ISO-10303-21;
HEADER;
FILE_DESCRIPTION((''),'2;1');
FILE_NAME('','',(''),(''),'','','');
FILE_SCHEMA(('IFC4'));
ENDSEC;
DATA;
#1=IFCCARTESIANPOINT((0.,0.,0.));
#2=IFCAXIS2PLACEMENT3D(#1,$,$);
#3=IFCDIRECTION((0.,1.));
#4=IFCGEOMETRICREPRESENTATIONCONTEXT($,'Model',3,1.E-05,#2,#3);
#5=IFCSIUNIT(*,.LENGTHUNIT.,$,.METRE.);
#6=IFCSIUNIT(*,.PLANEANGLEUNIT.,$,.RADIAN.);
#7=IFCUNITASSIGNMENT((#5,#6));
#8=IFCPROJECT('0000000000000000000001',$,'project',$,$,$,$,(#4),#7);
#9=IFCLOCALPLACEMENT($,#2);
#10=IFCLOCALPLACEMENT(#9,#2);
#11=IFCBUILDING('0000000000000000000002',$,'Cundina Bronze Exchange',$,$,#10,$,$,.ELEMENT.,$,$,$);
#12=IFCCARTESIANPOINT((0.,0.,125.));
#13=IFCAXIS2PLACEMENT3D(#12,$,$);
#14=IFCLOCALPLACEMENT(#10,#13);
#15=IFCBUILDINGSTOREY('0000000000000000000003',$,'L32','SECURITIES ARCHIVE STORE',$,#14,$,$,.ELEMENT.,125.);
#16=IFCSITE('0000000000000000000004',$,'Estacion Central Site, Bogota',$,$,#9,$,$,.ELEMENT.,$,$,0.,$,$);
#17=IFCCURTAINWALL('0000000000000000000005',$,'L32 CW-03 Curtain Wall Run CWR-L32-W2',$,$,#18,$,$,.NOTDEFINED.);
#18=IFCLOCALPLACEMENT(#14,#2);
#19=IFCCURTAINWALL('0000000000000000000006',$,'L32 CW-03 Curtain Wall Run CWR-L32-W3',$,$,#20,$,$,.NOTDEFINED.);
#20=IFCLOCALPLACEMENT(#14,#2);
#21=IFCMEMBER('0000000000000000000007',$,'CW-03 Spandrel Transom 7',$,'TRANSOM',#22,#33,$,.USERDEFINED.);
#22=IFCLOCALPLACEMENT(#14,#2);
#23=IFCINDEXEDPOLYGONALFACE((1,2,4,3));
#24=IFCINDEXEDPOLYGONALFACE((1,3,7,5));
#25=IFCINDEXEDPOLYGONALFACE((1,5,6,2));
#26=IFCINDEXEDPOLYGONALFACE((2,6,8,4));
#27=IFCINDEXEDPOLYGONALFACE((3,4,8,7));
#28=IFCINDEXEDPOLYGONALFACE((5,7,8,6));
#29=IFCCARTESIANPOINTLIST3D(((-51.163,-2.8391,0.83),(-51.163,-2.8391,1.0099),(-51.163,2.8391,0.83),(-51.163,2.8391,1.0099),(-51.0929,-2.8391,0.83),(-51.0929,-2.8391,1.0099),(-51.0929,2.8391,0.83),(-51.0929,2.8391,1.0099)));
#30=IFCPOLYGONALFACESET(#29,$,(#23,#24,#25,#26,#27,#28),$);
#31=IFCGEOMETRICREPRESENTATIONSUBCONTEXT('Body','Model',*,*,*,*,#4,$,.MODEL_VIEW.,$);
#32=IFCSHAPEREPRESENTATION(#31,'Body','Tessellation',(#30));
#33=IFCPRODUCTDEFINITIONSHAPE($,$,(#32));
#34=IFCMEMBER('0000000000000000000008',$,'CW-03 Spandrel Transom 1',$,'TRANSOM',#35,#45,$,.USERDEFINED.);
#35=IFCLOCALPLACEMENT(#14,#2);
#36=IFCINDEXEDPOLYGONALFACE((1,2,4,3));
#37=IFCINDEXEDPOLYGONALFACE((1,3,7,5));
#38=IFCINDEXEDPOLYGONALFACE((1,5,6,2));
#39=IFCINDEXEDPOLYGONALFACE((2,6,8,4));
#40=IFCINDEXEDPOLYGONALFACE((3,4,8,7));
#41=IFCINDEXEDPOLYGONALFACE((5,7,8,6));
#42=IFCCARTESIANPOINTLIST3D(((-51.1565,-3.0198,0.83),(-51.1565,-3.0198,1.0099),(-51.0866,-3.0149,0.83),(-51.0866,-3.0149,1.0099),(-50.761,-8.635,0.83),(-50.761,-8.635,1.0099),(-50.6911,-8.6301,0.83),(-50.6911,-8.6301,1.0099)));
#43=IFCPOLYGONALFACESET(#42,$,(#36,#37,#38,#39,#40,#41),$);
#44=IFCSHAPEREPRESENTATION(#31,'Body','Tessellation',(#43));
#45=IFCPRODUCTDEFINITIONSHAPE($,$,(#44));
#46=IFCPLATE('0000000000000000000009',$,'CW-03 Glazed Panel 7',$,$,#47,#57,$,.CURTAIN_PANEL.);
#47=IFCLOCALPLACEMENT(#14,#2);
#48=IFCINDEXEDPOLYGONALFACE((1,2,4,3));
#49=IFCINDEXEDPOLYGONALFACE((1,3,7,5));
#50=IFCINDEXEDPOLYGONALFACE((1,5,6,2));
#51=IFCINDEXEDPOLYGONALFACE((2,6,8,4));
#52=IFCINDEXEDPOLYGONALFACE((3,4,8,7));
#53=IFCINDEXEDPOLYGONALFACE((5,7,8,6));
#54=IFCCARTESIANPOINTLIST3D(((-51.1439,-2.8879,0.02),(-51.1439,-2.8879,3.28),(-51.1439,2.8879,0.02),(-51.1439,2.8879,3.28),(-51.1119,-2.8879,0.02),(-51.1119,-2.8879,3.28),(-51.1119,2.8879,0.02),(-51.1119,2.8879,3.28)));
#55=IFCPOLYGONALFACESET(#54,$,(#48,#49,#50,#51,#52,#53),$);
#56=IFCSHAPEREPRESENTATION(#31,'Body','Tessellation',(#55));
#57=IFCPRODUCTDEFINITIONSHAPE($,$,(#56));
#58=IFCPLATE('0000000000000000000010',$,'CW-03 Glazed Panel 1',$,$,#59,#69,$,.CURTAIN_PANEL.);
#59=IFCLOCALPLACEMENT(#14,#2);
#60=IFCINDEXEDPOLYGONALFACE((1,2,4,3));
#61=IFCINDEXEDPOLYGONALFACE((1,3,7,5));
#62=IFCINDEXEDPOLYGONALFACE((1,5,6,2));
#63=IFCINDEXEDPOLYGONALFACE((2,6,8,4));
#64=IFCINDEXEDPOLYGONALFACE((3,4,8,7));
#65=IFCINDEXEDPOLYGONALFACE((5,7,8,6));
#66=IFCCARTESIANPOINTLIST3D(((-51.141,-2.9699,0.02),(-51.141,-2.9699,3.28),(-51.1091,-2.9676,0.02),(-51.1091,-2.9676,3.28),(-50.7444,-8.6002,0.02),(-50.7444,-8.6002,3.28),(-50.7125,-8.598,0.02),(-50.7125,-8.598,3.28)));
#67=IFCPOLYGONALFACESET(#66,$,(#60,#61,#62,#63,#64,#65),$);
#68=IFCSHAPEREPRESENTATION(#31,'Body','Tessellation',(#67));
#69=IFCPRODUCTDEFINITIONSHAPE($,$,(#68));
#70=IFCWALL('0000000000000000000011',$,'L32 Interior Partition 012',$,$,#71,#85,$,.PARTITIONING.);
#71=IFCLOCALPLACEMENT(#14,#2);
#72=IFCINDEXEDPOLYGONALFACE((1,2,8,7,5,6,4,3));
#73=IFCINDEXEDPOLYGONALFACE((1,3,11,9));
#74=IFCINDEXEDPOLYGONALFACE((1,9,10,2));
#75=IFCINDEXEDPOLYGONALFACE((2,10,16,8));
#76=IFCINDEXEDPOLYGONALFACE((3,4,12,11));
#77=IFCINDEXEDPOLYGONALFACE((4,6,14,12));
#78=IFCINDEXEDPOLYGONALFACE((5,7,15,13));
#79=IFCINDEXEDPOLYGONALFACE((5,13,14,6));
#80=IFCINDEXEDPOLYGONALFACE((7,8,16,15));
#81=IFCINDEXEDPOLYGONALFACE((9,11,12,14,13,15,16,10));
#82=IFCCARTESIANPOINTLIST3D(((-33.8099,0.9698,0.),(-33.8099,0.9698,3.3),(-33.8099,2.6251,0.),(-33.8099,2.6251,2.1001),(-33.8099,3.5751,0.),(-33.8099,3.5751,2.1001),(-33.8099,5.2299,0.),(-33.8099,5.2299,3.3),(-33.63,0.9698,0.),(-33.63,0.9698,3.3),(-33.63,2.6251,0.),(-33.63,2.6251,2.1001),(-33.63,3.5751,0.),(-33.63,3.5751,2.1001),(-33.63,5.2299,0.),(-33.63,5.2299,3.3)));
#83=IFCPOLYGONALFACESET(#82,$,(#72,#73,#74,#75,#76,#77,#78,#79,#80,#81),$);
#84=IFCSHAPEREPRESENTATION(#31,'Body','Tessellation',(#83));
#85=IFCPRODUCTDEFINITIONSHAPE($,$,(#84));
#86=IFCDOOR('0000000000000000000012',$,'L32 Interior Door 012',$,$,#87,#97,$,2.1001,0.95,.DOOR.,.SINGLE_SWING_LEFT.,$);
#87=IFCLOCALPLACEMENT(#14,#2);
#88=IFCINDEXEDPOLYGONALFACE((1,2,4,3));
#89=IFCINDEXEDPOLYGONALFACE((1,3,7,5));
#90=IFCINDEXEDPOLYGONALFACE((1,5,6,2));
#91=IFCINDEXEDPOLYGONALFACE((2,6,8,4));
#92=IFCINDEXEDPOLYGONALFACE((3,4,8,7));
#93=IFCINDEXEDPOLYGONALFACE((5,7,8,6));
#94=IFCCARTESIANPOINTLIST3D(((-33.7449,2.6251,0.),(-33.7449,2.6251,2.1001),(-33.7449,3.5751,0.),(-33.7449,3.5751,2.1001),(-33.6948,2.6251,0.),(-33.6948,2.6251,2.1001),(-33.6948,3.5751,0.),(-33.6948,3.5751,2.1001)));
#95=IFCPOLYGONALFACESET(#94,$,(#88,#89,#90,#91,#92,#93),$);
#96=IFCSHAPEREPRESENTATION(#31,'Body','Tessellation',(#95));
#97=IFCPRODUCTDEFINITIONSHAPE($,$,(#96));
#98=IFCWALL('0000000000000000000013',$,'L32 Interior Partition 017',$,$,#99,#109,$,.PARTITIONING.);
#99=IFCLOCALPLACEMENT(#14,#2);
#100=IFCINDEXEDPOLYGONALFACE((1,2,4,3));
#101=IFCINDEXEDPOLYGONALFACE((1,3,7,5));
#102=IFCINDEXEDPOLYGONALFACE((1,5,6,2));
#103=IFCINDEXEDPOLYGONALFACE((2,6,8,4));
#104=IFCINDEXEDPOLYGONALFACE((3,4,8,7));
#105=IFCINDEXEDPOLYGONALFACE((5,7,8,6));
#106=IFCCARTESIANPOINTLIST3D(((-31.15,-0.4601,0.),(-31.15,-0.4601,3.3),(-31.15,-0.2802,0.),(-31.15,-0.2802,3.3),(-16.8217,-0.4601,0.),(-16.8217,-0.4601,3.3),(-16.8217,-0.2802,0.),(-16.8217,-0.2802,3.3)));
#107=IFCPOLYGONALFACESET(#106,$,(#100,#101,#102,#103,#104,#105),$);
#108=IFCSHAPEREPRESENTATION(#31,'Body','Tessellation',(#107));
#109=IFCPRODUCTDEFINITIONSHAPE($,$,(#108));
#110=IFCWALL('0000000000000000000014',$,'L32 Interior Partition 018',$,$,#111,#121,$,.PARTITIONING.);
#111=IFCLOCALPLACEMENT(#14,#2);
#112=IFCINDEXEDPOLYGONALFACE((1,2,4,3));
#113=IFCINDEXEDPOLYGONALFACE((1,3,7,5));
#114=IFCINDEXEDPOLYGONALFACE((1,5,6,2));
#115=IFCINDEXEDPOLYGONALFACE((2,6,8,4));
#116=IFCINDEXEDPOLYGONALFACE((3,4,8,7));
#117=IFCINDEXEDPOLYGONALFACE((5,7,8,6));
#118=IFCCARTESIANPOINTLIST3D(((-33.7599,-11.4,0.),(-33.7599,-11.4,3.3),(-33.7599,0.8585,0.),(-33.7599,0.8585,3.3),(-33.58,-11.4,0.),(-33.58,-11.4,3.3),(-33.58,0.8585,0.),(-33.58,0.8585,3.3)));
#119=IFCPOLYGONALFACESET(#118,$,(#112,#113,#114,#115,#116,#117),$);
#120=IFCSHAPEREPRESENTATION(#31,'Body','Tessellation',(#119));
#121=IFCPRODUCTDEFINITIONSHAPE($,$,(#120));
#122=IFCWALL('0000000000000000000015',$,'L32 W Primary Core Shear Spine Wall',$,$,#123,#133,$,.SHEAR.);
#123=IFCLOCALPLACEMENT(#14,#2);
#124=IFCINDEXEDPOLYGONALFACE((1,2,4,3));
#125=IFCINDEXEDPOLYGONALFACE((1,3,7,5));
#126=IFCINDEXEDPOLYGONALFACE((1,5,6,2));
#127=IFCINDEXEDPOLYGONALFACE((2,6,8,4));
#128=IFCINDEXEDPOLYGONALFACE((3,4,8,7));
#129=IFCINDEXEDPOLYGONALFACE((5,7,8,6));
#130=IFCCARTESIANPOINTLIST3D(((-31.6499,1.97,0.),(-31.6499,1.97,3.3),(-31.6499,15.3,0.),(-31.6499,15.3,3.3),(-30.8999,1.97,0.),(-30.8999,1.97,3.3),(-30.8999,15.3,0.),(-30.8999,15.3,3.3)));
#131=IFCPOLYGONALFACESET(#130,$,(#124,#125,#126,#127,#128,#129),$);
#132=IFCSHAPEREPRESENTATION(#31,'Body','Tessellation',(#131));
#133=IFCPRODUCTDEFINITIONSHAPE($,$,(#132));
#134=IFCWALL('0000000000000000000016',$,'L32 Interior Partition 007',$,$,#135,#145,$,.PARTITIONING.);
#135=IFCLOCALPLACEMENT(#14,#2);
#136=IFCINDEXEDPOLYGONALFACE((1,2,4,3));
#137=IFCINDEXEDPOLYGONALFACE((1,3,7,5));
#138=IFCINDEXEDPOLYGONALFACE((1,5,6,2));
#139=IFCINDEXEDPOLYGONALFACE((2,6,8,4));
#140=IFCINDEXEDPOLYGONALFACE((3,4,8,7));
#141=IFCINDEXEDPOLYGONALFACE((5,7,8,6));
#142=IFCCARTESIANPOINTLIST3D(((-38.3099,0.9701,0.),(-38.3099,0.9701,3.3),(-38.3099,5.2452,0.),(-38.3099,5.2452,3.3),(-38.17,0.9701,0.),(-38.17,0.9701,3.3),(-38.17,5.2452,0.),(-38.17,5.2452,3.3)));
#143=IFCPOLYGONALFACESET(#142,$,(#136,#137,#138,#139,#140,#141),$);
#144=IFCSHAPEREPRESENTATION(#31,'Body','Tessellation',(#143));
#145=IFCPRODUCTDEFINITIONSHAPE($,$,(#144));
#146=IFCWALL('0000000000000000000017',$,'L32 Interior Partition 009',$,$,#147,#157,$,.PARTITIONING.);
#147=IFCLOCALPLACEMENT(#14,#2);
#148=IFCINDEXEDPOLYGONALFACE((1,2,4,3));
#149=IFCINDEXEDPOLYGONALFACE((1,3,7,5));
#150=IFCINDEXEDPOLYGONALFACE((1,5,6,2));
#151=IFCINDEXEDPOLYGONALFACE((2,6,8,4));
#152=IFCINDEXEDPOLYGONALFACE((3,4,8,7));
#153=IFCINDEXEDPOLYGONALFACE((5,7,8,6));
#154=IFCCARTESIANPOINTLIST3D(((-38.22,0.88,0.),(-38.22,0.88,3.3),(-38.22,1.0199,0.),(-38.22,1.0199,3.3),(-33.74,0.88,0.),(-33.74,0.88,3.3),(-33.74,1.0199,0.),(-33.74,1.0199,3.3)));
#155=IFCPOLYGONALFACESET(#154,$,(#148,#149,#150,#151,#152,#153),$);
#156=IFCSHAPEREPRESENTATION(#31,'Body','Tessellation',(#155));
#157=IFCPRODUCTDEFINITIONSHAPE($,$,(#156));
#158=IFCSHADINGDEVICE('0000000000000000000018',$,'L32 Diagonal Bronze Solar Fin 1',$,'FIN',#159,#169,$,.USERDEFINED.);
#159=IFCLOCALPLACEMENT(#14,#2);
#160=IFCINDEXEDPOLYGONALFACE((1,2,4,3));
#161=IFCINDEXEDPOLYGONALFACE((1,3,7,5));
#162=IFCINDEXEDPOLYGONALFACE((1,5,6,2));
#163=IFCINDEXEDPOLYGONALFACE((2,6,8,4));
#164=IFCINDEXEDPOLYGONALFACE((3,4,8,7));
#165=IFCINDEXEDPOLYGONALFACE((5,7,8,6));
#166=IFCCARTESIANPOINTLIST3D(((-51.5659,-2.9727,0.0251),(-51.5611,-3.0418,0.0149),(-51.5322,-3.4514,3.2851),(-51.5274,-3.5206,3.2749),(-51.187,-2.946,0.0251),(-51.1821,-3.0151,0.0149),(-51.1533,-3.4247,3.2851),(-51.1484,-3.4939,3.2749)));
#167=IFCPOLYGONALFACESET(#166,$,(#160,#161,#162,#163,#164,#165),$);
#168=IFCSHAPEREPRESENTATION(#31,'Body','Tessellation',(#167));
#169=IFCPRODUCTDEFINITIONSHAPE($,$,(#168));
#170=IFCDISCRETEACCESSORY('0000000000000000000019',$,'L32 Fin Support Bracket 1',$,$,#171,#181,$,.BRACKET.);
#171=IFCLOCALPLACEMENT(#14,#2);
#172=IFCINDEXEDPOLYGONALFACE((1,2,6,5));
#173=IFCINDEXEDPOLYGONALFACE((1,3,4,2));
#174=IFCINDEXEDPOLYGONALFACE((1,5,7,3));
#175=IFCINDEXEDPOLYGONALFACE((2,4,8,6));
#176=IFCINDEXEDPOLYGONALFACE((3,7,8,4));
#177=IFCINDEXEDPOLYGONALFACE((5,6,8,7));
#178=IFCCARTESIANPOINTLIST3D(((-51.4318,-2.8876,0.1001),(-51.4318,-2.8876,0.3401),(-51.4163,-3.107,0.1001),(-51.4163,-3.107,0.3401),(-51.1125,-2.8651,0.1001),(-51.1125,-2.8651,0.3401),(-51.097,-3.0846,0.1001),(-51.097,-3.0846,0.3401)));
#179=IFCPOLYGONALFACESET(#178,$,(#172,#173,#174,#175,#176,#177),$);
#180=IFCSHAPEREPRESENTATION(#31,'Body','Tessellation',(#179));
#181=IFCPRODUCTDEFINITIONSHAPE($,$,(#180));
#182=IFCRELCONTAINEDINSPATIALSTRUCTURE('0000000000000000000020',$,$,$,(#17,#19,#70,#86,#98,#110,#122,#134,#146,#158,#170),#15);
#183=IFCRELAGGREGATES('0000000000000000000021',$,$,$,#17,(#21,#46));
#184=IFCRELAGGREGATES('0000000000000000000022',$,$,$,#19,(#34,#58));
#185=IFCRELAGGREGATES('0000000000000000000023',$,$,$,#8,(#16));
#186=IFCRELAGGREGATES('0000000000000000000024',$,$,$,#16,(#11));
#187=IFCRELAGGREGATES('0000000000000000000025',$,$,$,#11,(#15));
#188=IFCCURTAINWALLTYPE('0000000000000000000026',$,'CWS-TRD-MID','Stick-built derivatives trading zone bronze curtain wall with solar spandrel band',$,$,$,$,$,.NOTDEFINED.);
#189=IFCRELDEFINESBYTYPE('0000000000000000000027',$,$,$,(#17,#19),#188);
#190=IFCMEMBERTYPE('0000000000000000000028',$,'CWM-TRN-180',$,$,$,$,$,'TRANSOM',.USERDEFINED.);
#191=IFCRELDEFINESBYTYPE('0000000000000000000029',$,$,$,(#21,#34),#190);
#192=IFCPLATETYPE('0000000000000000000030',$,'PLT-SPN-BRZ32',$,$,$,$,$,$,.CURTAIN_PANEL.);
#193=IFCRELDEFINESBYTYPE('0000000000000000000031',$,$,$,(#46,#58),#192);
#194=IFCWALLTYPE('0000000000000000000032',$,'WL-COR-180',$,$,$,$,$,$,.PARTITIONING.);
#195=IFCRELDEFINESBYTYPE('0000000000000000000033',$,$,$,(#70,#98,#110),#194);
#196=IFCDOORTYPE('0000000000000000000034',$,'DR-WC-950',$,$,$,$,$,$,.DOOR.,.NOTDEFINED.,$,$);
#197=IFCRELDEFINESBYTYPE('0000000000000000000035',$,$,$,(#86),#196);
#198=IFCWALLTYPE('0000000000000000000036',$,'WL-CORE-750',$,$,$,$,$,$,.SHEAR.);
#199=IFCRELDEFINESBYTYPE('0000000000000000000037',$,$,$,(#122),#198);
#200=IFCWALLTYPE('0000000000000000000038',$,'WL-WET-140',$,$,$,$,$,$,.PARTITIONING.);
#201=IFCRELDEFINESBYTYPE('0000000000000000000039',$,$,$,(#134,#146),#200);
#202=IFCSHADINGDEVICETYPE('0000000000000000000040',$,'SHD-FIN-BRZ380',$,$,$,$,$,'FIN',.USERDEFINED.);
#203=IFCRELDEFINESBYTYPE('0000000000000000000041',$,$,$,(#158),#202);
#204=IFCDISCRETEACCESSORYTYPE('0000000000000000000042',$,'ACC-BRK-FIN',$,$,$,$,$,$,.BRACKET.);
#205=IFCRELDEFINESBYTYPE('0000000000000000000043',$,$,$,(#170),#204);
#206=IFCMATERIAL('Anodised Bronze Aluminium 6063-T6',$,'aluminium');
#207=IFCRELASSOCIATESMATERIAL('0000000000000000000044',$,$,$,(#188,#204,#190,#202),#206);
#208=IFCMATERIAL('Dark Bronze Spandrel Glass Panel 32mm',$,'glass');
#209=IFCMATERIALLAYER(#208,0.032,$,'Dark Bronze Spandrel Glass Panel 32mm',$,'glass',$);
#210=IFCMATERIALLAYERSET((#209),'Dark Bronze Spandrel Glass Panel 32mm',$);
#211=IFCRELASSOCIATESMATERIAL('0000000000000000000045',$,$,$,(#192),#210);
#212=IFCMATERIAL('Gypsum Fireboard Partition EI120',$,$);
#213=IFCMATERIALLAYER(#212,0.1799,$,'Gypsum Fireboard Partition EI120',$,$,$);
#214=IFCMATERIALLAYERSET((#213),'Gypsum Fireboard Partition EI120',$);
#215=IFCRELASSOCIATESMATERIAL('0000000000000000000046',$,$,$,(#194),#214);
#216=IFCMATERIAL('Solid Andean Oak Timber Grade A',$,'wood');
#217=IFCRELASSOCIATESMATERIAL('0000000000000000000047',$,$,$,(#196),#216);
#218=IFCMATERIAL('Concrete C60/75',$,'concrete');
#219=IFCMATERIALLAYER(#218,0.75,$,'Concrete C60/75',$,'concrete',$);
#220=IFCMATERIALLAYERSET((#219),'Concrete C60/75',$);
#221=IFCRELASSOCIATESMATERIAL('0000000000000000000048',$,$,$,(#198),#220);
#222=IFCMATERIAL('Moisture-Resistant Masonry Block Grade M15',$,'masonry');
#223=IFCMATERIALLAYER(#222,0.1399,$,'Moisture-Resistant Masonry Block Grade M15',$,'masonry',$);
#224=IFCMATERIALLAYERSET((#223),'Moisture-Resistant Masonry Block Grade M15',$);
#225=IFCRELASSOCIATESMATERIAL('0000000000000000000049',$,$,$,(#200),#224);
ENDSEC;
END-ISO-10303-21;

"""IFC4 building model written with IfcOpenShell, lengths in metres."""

from ifc_helpers import new_model, si_unit, direction, frame, frame_2d, origin, origin_2d, place, context, subcontext, project, spatial, rectangle, extrude, material, layer, layer_set, material_profile, profile_set, type_object, element, fill, aggregate, save


model = new_model("IFC4")

# Units and contexts
model_context = context("Model", 3, precision=1e-05, world=origin(), true_north=direction((0.0, 1.0)))
body_context = subcontext(model_context, "Body", "Model", "MODEL_VIEW")
ifc_project = project(units=[si_unit("LENGTHUNIT", "METRE"), si_unit("PLANEANGLEUNIT", "RADIAN")], contexts=[model_context])

# Site, building, storey
site_placement = place(None, origin())
site = spatial("IfcSite", under=ifc_project, at=site_placement, Name="Estacion Central Site, Bogota", CompositionType="ELEMENT", RefElevation=0.0)
building_placement = place(site_placement, origin())
building = spatial("IfcBuilding", under=site, at=building_placement, Name="Cundina Bronze Exchange", CompositionType="ELEMENT")
storey_placement = place(building_placement, frame((0.0, 0.0, 125.0)))
storey = spatial("IfcBuildingStorey", under=building, at=storey_placement, Name="L32", Description="SECURITIES ARCHIVE STORE", CompositionType="ELEMENT", Elevation=125.0)

# Shared definitions
ifc_material_1 = material(Name="Concrete C60/75", Category="concrete")

# Curtain walls
ifc_material_2 = material(Name="Anodised Bronze Aluminium 6063-T6", Category="aluminium")
curtain_wall_type = type_object("IfcCurtainWallType", Name="CWS-TRD-MID", Description="Stick-built derivatives trading zone bronze curtain wall with solar spandrel band", PredefinedType="NOTDEFINED", material=ifc_material_2)
curtain_wall_1_placement = place(storey_placement, origin())
curtain_wall_1 = element("IfcCurtainWall", 1, at=curtain_wall_1_placement, inside=storey, type_object=curtain_wall_type, Name="L32 CW-03 Curtain Wall Run CWR-L32-W2", PredefinedType="NOTDEFINED")
curtain_wall_2_placement = place(storey_placement, origin())
curtain_wall_2 = element("IfcCurtainWall", 2, at=curtain_wall_2_placement, inside=storey, type_object=curtain_wall_type, Name="L32 CW-03 Curtain Wall Run CWR-L32-W3", PredefinedType="NOTDEFINED")

# Members
ifc_material_profile_1 = material_profile(ifc_material_2, rectangle(XDim=0.0701, YDim=0.1799, at=origin_2d()), Name="AL70X180", Category="aluminium")
ifc_profile_set_1 = profile_set([ifc_material_profile_1], Name="Anodised Bronze Aluminium 6063-T6")
member_type_1 = type_object("IfcMemberType", Name="CWM-TRN-180", ElementType="TRANSOM", PredefinedType="USERDEFINED", material=ifc_profile_set_1)
member_1_placement = place(storey_placement, frame((-51.1279, 2.8391, 0.9199), z_axis=(0.0, -1.0, 0.0), x_axis=(1.0, 0.0, 0.0)))
member_1 = element("IfcMember", 3, at=member_1_placement, type_object=member_type_1, Name="CW-03 Spandrel Transom 7", ObjectType="TRANSOM", PredefinedType="USERDEFINED", context=body_context, shape_type="SweptSolid", body=[
    extrude(rectangle(XDim=0.0701, YDim=0.1799, at=origin_2d()), origin(), (0.0, 0.0, 1.0), 5.6782),
])
member_2_placement = place(storey_placement, frame((-51.1216, -3.0173, 0.9199), z_axis=(0.070261, -0.997529, 0.0), x_axis=(0.997529, 0.070261, 0.0)))
member_2 = element("IfcMember", 4, at=member_2_placement, type_object=member_type_1, Name="CW-03 Spandrel Transom 1", ObjectType="TRANSOM", PredefinedType="USERDEFINED", context=body_context, shape_type="SweptSolid", body=[
    extrude(rectangle(XDim=0.0701, YDim=0.1799, at=origin_2d()), origin(), (0.0, 0.0, 1.0), 5.6292),
])

# Plates
ifc_material_3 = material(Name="Dark Bronze Spandrel Glass Panel 32mm", Category="glass")
ifc_layer_1 = layer(ifc_material_3, 0.032, Name="Dark Bronze Spandrel Glass Panel 32mm", Category="glass")
ifc_layer_set_1 = layer_set([ifc_layer_1], Name="Dark Bronze Spandrel Glass Panel 32mm")
plate_type = type_object("IfcPlateType", Name="PLT-SPN-BRZ32", PredefinedType="CURTAIN_PANEL", material=ifc_layer_set_1)
plate_1_placement = place(storey_placement, frame((-51.1279, 0.0, 0.02), z_axis=(0.0, 0.0, 1.0), x_axis=(0.0, -1.0, 0.0)))
plate_1 = element("IfcPlate", 5, at=plate_1_placement, type_object=plate_type, Name="CW-03 Glazed Panel 7", PredefinedType="CURTAIN_PANEL", context=body_context, shape_type="SweptSolid", body=[
    extrude(rectangle(XDim=5.7759, YDim=0.032, at=origin_2d()), origin(), (0.0, 0.0, 1.0), 3.26),
])
aggregate(curtain_wall_1, [member_1, plate_1])
plate_2_placement = place(storey_placement, frame((-50.9268, -5.7839, 0.02), z_axis=(0.0, 0.0, 1.0), x_axis=(0.070279, -0.997527, 0.0)))
plate_2 = element("IfcPlate", 6, at=plate_2_placement, type_object=plate_type, Name="CW-03 Glazed Panel 1", PredefinedType="CURTAIN_PANEL", context=body_context, shape_type="SweptSolid", body=[
    extrude(rectangle(XDim=5.6443, YDim=0.032, at=origin_2d()), origin(), (0.0, 0.0, 1.0), 3.26),
])
aggregate(curtain_wall_2, [member_2, plate_2])

# Wall, opening, door
ifc_material_4 = material(Name="Gypsum Fireboard Partition EI120")
ifc_layer_2 = layer(ifc_material_4, 0.1799, Name="Gypsum Fireboard Partition EI120")
ifc_layer_set_2 = layer_set([ifc_layer_2], Name="Gypsum Fireboard Partition EI120")
wall_type_1 = type_object("IfcWallType", Name="WL-COR-180", PredefinedType="PARTITIONING", material=ifc_layer_set_2)
wall_1_placement = place(storey_placement, frame((-33.72, 0.97, 0.0), z_axis=(0.0, 0.0, 1.0), x_axis=(0.0, 1.0, 0.0)))
wall_1 = element("IfcWall", 7, at=wall_1_placement, inside=storey, type_object=wall_type_1, Name="L32 Interior Partition 012", PredefinedType="PARTITIONING", context=body_context, shape_type="SweptSolid", body=[
    extrude(rectangle(XDim=4.26, YDim=0.1799, at=frame_2d((2.1299, 0.0))), origin(), (0.0, 0.0, 1.0), 3.3),
])
opening_placement = place(wall_1_placement, frame((1.655, 0.0, 0.0)))
opening = element("IfcOpeningElement", 8, at=opening_placement, cuts=wall_1, PredefinedType="OPENING", context=body_context, shape_type="SweptSolid", body=[
    extrude(rectangle(XDim=0.95, YDim=2.1001, at=frame_2d((0.4751, 1.05))), frame((0.0, 0.0999, 0.0), z_axis=(0.0, -1.0, 0.0), x_axis=(1.0, 0.0, 0.0)), (0.0, 0.0, 1.0), 0.2),
])
ifc_material_5 = material(Name="Solid Andean Oak Timber Grade A", Category="wood")
door_type = type_object("IfcDoorType", Name="DR-WC-950", OperationType="NOTDEFINED", PredefinedType="DOOR", material=ifc_material_5)
door_placement = place(opening_placement, origin())
door = element("IfcDoor", 9, at=door_placement, inside=storey, type_object=door_type, Name="L32 Interior Door 012", OperationType="SINGLE_SWING_LEFT", OverallHeight=2.1001, OverallWidth=0.95, PredefinedType="DOOR", context=body_context, shape_type="SweptSolid", body=[
    extrude(rectangle(XDim=0.95, YDim=2.1001, at=frame_2d((0.4751, 1.05))), frame((0.0, 0.0249, 0.0), z_axis=(0.0, -1.0, 0.0), x_axis=(1.0, 0.0, 0.0)), (0.0, 0.0, 1.0), 0.05),
])
fill(opening, door)

# Walls
wall_2_placement = place(storey_placement, frame((-31.1499, -0.3701, 0.0), z_axis=(0.0, 0.0, 1.0), x_axis=(1.0, 0.0, 0.0)))
element("IfcWall", 10, at=wall_2_placement, inside=storey, type_object=wall_type_1, Name="L32 Interior Partition 017", PredefinedType="PARTITIONING", context=body_context, shape_type="SweptSolid", body=[
    extrude(rectangle(XDim=14.3284, YDim=0.1799, at=frame_2d((7.1641, 0.0))), origin(), (0.0, 0.0, 1.0), 3.3),
])
wall_3_placement = place(storey_placement, frame((-33.6699, 0.8586, 0.0), z_axis=(0.0, 0.0, 1.0), x_axis=(0.0, -1.0, 0.0)))
element("IfcWall", 11, at=wall_3_placement, inside=storey, type_object=wall_type_1, Name="L32 Interior Partition 018", PredefinedType="PARTITIONING", context=body_context, shape_type="SweptSolid", body=[
    extrude(rectangle(XDim=12.2585, YDim=0.1799, at=frame_2d((6.1294, 0.0))), origin(), (0.0, 0.0, 1.0), 3.3),
])
ifc_layer_3 = layer(ifc_material_1, 0.75, Name="Concrete C60/75", Category="concrete")
ifc_layer_set_3 = layer_set([ifc_layer_3], Name="Concrete C60/75")
wall_type_2 = type_object("IfcWallType", Name="WL-CORE-750", PredefinedType="SHEAR", material=ifc_layer_set_3)
wall_4_placement = place(storey_placement, frame((-31.2749, 1.97, 0.0), z_axis=(0.0, 0.0, 1.0), x_axis=(0.0, 1.0, 0.0)))
element("IfcWall", 12, at=wall_4_placement, inside=storey, type_object=wall_type_2, Name="L32 W Primary Core Shear Spine Wall", PredefinedType="SHEAR", context=body_context, shape_type="SweptSolid", body=[
    extrude(rectangle(XDim=13.3301, YDim=0.75, at=frame_2d((6.665, 0.0))), origin(), (0.0, 0.0, 1.0), 3.3),
])
ifc_material_6 = material(Name="Moisture-Resistant Masonry Block Grade M15", Category="masonry")
ifc_layer_4 = layer(ifc_material_6, 0.1399, Name="Moisture-Resistant Masonry Block Grade M15", Category="masonry")
ifc_layer_set_4 = layer_set([ifc_layer_4], Name="Moisture-Resistant Masonry Block Grade M15")
wall_type_3 = type_object("IfcWallType", Name="WL-WET-140", PredefinedType="PARTITIONING", material=ifc_layer_set_4)
wall_5_placement = place(storey_placement, frame((-38.24, 0.97, 0.0), z_axis=(0.0, 0.0, 1.0), x_axis=(0.0, 1.0, 0.0)))
element("IfcWall", 13, at=wall_5_placement, inside=storey, type_object=wall_type_3, Name="L32 Interior Partition 007", PredefinedType="PARTITIONING", context=body_context, shape_type="SweptSolid", body=[
    extrude(rectangle(XDim=4.2751, YDim=0.1399, at=frame_2d((2.1377, 0.0))), origin(), (0.0, 0.0, 1.0), 3.3),
])
wall_6_placement = place(storey_placement, frame((-38.22, 0.95, 0.0), z_axis=(0.0, 0.0, 1.0), x_axis=(1.0, 0.0, 0.0)))
element("IfcWall", 14, at=wall_6_placement, inside=storey, type_object=wall_type_3, Name="L32 Interior Partition 009", PredefinedType="PARTITIONING", context=body_context, shape_type="SweptSolid", body=[
    extrude(rectangle(XDim=4.48, YDim=0.1399, at=frame_2d((2.24, 0.0))), origin(), (0.0, 0.0, 1.0), 3.3),
])

# Shading device
ifc_material_profile_2 = material_profile(ifc_material_2, rectangle(XDim=0.0701, YDim=0.3799, at=origin_2d()), Name="FIN70X380", Category="aluminium")
ifc_profile_set_2 = profile_set([ifc_material_profile_2], Name="Anodised Bronze Aluminium 6063-T6")
shading_device_type = type_object("IfcShadingDeviceType", Name="SHD-FIN-BRZ380", ElementType="FIN", PredefinedType="USERDEFINED", material=ifc_profile_set_2)
shading_device_placement = place(storey_placement, frame((-51.374, -2.9939, 0.02), z_axis=(0.010225, -0.145292, 0.989336), x_axis=(-0.06945, 0.986895, 0.145652)))
element("IfcShadingDevice", 15, at=shading_device_placement, inside=storey, type_object=shading_device_type, Name="L32 Diagonal Bronze Solar Fin 1", ObjectType="FIN", PredefinedType="USERDEFINED", context=body_context, shape_type="SweptSolid", body=[
    extrude(rectangle(XDim=0.0701, YDim=0.3799, at=origin_2d()), origin(), (0.0, 0.0, 1.0), 3.2952),
])

# Discrete accessory
discrete_accessory_type = type_object("IfcDiscreteAccessoryType", Name="ACC-BRK-FIN", PredefinedType="BRACKET", material=ifc_material_2)
discrete_accessory_placement = place(storey_placement, frame((-51.2644, -2.9861, 0.1001), z_axis=(0.0, 0.0, 1.0), x_axis=(0.070279, -0.997527, 0.0)))
element("IfcDiscreteAccessory", 16, at=discrete_accessory_placement, inside=storey, type_object=discrete_accessory_type, Name="L32 Fin Support Bracket 1", PredefinedType="BRACKET", context=body_context, shape_type="SweptSolid", body=[
    extrude(rectangle(XDim=0.22, YDim=0.3201, at=origin_2d()), origin(), (0.0, 0.0, 1.0), 0.24),
])

save(model, "model.ifc")
